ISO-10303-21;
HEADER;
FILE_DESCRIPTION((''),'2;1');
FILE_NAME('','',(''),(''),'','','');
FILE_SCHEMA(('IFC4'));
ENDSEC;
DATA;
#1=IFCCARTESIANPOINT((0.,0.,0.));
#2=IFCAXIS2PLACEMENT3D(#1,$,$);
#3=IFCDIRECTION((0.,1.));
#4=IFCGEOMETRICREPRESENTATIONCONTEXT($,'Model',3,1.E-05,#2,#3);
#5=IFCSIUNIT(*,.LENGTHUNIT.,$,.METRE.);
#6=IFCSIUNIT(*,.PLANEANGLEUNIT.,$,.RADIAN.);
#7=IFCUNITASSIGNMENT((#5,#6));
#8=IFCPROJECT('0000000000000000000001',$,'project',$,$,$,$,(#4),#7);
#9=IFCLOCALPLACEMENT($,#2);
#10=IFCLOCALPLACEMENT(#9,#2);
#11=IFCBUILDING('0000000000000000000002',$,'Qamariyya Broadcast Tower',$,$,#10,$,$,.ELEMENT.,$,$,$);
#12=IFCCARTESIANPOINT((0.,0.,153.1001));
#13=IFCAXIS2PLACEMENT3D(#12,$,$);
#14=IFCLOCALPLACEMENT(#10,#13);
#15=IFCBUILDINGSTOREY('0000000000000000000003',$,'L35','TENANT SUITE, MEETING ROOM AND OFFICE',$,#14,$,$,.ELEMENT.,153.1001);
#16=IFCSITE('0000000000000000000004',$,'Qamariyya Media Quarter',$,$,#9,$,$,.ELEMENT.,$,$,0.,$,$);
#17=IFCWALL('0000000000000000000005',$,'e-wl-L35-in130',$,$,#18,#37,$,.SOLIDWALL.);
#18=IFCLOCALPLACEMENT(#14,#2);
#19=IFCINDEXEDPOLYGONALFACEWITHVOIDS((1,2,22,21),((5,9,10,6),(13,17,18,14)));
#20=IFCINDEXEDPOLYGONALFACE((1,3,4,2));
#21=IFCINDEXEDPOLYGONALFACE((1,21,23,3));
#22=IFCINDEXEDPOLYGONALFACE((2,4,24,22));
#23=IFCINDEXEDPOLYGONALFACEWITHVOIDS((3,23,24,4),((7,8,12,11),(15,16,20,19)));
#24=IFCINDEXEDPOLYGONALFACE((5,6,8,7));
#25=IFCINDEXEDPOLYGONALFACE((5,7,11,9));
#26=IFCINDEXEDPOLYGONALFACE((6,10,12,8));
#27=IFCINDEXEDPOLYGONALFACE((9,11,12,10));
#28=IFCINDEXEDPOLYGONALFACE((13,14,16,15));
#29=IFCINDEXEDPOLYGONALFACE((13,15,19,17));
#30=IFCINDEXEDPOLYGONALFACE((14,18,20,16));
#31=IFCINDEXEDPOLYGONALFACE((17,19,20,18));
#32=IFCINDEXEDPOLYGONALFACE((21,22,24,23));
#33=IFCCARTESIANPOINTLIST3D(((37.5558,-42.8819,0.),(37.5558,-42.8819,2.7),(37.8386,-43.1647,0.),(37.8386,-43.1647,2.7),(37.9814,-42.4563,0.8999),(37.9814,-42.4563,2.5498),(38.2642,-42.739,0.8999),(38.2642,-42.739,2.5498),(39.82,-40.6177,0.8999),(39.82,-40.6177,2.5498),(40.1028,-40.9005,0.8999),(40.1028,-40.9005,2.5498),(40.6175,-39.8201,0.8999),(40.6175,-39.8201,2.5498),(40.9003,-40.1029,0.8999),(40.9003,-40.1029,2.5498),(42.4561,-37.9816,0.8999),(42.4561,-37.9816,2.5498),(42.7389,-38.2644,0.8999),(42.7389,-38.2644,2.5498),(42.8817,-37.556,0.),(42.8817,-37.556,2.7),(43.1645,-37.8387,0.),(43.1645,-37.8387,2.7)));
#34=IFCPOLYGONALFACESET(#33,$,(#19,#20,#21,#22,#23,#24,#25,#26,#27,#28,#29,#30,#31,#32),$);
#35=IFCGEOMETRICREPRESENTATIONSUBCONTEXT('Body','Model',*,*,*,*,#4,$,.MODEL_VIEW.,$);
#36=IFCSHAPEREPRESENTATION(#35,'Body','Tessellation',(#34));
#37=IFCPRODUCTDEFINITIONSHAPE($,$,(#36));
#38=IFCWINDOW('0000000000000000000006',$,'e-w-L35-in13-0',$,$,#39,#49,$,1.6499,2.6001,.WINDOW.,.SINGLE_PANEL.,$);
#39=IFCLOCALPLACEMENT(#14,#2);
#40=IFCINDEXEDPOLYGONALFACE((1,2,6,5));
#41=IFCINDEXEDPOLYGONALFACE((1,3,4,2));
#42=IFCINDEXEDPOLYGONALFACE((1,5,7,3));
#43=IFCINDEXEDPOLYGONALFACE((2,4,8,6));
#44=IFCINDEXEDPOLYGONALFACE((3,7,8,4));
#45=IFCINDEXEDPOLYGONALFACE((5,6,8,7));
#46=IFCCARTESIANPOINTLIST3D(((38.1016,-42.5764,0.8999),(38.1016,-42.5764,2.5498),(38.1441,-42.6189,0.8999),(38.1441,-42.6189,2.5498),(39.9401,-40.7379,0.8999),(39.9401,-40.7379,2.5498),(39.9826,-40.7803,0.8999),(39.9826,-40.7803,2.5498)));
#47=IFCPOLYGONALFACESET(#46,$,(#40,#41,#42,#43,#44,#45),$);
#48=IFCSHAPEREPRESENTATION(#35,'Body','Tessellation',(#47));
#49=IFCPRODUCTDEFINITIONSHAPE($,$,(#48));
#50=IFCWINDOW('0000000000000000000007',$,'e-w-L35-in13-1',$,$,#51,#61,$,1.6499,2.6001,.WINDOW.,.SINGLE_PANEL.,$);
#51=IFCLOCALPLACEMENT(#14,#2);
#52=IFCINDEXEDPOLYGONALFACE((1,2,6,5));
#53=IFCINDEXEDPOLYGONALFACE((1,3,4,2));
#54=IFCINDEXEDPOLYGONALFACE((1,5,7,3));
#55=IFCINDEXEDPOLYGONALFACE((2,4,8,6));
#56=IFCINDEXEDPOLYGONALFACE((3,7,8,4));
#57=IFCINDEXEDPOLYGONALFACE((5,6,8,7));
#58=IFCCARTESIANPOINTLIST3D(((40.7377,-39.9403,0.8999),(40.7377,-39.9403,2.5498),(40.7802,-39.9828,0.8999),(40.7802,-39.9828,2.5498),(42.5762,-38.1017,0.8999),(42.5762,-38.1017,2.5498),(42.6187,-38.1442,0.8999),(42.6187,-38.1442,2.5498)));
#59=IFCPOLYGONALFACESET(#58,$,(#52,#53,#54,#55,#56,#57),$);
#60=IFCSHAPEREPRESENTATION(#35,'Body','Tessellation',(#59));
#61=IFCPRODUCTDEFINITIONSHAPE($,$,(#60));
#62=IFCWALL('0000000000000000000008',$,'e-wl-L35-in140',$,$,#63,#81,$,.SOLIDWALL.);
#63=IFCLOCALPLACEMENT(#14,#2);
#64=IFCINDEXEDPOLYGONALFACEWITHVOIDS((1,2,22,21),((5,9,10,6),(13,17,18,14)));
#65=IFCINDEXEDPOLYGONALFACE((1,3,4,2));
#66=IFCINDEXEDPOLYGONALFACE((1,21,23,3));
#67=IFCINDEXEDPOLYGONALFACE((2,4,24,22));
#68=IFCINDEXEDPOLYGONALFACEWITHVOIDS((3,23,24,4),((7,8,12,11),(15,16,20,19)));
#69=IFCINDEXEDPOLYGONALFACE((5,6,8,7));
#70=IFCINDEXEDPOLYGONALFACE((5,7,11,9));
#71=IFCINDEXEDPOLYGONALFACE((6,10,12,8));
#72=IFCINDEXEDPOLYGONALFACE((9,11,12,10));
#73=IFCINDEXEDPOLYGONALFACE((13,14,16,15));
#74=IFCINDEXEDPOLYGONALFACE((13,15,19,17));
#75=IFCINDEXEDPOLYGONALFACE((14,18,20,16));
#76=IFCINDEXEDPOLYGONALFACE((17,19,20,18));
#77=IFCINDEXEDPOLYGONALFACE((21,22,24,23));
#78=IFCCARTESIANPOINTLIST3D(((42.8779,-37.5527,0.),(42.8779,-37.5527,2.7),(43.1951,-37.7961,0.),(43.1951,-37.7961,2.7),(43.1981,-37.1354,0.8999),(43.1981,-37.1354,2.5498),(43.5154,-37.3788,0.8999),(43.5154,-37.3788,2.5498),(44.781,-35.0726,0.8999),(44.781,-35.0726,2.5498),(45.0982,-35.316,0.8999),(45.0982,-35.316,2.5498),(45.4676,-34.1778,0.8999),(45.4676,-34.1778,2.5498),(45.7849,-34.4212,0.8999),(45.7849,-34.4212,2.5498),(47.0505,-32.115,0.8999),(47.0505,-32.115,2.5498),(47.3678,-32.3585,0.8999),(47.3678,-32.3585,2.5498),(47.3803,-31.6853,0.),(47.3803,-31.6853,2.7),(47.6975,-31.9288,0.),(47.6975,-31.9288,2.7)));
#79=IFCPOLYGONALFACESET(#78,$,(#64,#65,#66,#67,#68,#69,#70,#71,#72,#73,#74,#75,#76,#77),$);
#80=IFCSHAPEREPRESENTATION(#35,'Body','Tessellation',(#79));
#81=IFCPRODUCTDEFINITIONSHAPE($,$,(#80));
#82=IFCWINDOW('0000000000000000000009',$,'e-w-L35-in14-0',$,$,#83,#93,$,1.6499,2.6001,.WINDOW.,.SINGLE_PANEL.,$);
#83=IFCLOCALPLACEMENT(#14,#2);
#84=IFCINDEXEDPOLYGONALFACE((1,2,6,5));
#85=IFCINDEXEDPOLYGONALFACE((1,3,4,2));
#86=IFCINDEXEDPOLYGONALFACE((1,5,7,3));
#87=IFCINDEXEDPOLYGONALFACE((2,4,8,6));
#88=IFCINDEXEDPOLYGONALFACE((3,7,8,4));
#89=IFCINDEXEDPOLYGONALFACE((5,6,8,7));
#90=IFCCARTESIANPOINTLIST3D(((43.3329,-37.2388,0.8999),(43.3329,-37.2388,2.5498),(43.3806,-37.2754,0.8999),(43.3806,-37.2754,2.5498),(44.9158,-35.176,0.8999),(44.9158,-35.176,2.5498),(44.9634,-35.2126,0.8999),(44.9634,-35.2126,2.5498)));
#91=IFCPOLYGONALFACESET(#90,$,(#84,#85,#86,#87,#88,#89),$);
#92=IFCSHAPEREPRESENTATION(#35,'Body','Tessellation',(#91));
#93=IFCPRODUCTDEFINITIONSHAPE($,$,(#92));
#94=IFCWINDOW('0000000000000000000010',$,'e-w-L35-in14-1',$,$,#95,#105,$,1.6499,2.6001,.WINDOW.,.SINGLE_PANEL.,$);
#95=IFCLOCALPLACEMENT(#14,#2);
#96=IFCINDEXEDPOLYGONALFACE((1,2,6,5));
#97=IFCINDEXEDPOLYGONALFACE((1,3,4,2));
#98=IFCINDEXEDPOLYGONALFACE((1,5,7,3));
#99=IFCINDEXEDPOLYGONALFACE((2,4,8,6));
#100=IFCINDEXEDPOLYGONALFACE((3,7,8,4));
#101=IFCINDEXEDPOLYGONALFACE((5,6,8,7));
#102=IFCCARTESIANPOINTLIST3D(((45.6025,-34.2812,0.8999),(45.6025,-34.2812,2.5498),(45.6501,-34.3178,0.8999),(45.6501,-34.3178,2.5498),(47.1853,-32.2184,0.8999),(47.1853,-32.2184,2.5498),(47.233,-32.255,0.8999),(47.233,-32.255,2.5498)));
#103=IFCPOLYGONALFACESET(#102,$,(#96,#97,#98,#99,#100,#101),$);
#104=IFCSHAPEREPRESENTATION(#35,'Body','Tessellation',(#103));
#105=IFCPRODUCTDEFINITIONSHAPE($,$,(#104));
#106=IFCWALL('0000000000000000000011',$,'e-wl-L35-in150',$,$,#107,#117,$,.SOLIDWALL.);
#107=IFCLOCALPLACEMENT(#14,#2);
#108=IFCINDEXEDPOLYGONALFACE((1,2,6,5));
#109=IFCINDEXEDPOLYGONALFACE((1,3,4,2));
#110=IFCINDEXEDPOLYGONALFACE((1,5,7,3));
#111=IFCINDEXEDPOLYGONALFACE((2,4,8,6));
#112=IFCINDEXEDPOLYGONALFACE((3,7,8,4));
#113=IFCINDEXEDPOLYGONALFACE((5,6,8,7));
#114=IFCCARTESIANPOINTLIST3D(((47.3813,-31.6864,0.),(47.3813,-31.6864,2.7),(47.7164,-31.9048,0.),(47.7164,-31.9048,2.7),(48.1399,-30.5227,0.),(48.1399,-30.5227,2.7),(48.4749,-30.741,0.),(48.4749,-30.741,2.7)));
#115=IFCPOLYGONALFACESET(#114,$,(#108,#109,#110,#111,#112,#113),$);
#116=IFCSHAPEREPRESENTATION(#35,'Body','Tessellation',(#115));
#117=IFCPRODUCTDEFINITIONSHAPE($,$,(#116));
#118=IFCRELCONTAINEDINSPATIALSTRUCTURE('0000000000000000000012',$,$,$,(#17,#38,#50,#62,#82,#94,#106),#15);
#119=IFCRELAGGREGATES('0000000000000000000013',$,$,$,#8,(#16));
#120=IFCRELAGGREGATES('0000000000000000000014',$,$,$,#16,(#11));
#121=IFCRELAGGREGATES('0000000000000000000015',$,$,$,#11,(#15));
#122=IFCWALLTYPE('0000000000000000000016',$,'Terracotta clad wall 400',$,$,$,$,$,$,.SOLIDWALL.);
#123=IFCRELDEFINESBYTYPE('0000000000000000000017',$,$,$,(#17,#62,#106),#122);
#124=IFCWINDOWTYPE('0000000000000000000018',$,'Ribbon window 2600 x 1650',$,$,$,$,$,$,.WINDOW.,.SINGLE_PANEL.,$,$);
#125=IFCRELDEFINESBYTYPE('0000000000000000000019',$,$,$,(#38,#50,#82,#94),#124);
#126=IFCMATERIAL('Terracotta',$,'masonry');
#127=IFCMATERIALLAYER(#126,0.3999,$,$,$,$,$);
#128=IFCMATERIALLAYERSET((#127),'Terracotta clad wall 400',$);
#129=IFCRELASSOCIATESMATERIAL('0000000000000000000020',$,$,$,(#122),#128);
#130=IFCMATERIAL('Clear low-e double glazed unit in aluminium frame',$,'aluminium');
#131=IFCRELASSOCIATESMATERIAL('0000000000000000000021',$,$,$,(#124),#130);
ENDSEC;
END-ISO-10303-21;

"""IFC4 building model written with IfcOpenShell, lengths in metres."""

from ifc_helpers import new_model, si_unit, direction, frame, frame_2d, origin, place, context, subcontext, project, spatial, rectangle, extrude, material, layer, layer_set, type_object, element, fill, save


model = new_model("IFC4")

# Units and contexts
model_context = context("Model", 3, precision=1e-05, world=origin(), true_north=direction((0.0, 1.0)))
body_context = subcontext(model_context, "Body", "Model", "MODEL_VIEW")
ifc_project = project(units=[si_unit("LENGTHUNIT", "METRE"), si_unit("PLANEANGLEUNIT", "RADIAN")], contexts=[model_context])

# Site, building, storey
site_placement = place(None, origin())
site = spatial("IfcSite", under=ifc_project, at=site_placement, Name="Qamariyya Media Quarter", CompositionType="ELEMENT", RefElevation=0.0)
building_placement = place(site_placement, origin())
building = spatial("IfcBuilding", under=site, at=building_placement, Name="Qamariyya Broadcast Tower", CompositionType="ELEMENT")
storey_placement = place(building_placement, frame((0.0, 0.0, 153.1001)))
storey = spatial("IfcBuildingStorey", under=building, at=storey_placement, Name="L35", Description="TENANT SUITE, MEETING ROOM AND OFFICE", CompositionType="ELEMENT", Elevation=153.1001)

# Walls, openings, windows
ifc_material_1 = material(Name="Terracotta", Category="masonry")
ifc_layer_1 = layer(ifc_material_1, 0.3999)
ifc_layer_set_1 = layer_set([ifc_layer_1], Name="Terracotta clad wall 400")
wall_type_1 = type_object("IfcWallType", Name="Terracotta clad wall 400", PredefinedType="SOLIDWALL", material=ifc_layer_set_1)
wall_1_placement = place(storey_placement, frame((43.0232, -37.6973, 0.0), z_axis=(0.0, 0.0, 1.0), x_axis=(-0.707107, -0.707107, 0.0)))
wall_1 = element("IfcWall", 1, at=wall_1_placement, inside=storey, type_object=wall_type_1, Name="e-wl-L35-in130", PredefinedType="SOLIDWALL", context=body_context, shape_type="SweptSolid", body=[
    extrude(rectangle(XDim=7.532, YDim=0.3999, at=frame_2d((3.7661, 0.0))), origin(), (0.0, 0.0, 1.0), 2.7),
])
opening_1_placement = place(wall_1_placement, frame((4.3301, 0.0, 0.8999)))
opening_1 = element("IfcOpeningElement", 2, at=opening_1_placement, cuts=wall_1, PredefinedType="OPENING", context=body_context, shape_type="SweptSolid", body=[
    extrude(rectangle(XDim=2.6001, YDim=1.6499, at=frame_2d((1.3, 0.825))), frame((0.0, 0.21, 0.0), z_axis=(0.0, -1.0, 0.0), x_axis=(1.0, 0.0, 0.0)), (0.0, 0.0, 1.0), 0.4199),
])
opening_2_placement = place(wall_1_placement, frame((0.6021, 0.0, 0.8999)))
opening_2 = element("IfcOpeningElement", 3, at=opening_2_placement, cuts=wall_1, PredefinedType="OPENING", context=body_context, shape_type="SweptSolid", body=[
    extrude(rectangle(XDim=2.6001, YDim=1.6499, at=frame_2d((1.3, 0.825))), frame((0.0, 0.21, 0.0), z_axis=(0.0, -1.0, 0.0), x_axis=(1.0, 0.0, 0.0)), (0.0, 0.0, 1.0), 0.4199),
])
ifc_material_2 = material(Name="Clear low-e double glazed unit in aluminium frame", Category="aluminium")
window_type = type_object("IfcWindowType", Name="Ribbon window 2600 x 1650", PartitioningType="SINGLE_PANEL", PredefinedType="WINDOW", material=ifc_material_2)
window_1_placement = place(opening_1_placement, origin())
window_1 = element("IfcWindow", 4, at=window_1_placement, inside=storey, type_object=window_type, Name="e-w-L35-in13-0", OverallHeight=1.6499, OverallWidth=2.6001, PartitioningType="SINGLE_PANEL", PredefinedType="WINDOW", context=body_context, shape_type="SweptSolid", body=[
    extrude(rectangle(XDim=2.6001, YDim=1.6499, at=frame_2d((1.3, 0.825))), frame((0.0, 0.03, 0.0), z_axis=(0.0, -1.0, 0.0), x_axis=(1.0, 0.0, 0.0)), (0.0, 0.0, 1.0), 0.0601),
])
fill(opening_1, window_1)
window_2_placement = place(opening_2_placement, origin())
window_2 = element("IfcWindow", 5, at=window_2_placement, inside=storey, type_object=window_type, Name="e-w-L35-in13-1", OverallHeight=1.6499, OverallWidth=2.6001, PartitioningType="SINGLE_PANEL", PredefinedType="WINDOW", context=body_context, shape_type="SweptSolid", body=[
    extrude(rectangle(XDim=2.6001, YDim=1.6499, at=frame_2d((1.3, 0.825))), frame((0.0, 0.03, 0.0), z_axis=(0.0, -1.0, 0.0), x_axis=(1.0, 0.0, 0.0)), (0.0, 0.0, 1.0), 0.0601),
])
fill(opening_2, window_2)
wall_2_placement = place(storey_placement, frame((47.5388, -31.8071, 0.0), z_axis=(0.0, 0.0, 1.0), x_axis=(-0.608779, -0.79334, 0.0)))
wall_2 = element("IfcWall", 6, at=wall_2_placement, inside=storey, type_object=wall_type_1, Name="e-wl-L35-in140", PredefinedType="SOLIDWALL", context=body_context, shape_type="SweptSolid", body=[
    extrude(rectangle(XDim=7.3958, YDim=0.3999, at=frame_2d((3.6978, 0.0))), origin(), (0.0, 0.0, 1.0), 2.7),
])
opening_3_placement = place(wall_2_placement, frame((4.2695, 0.0, 0.8999)))
opening_3 = element("IfcOpeningElement", 7, at=opening_3_placement, cuts=wall_2, PredefinedType="OPENING", context=body_context, shape_type="SweptSolid", body=[
    extrude(rectangle(XDim=2.6001, YDim=1.6499, at=frame_2d((1.3, 0.825))), frame((0.0, 0.21, 0.0), z_axis=(0.0, -1.0, 0.0), x_axis=(1.0, 0.0, 0.0)), (0.0, 0.0, 1.0), 0.4199),
])
opening_4_placement = place(wall_2_placement, frame((0.5415, 0.0, 0.8999)))
opening_4 = element("IfcOpeningElement", 8, at=opening_4_placement, cuts=wall_2, PredefinedType="OPENING", context=body_context, shape_type="SweptSolid", body=[
    extrude(rectangle(XDim=2.6001, YDim=1.6499, at=frame_2d((1.3, 0.825))), frame((0.0, 0.21, 0.0), z_axis=(0.0, -1.0, 0.0), x_axis=(1.0, 0.0, 0.0)), (0.0, 0.0, 1.0), 0.4199),
])
window_3_placement = place(opening_3_placement, origin())
window_3 = element("IfcWindow", 9, at=window_3_placement, inside=storey, type_object=window_type, Name="e-w-L35-in14-0", OverallHeight=1.6499, OverallWidth=2.6001, PartitioningType="SINGLE_PANEL", PredefinedType="WINDOW", context=body_context, shape_type="SweptSolid", body=[
    extrude(rectangle(XDim=2.6001, YDim=1.6499, at=frame_2d((1.3, 0.825))), frame((0.0, 0.03, 0.0), z_axis=(0.0, -1.0, 0.0), x_axis=(1.0, 0.0, 0.0)), (0.0, 0.0, 1.0), 0.0601),
])
fill(opening_3, window_3)
window_4_placement = place(opening_4_placement, origin())
window_4 = element("IfcWindow", 10, at=window_4_placement, inside=storey, type_object=window_type, Name="e-w-L35-in14-1", OverallHeight=1.6499, OverallWidth=2.6001, PartitioningType="SINGLE_PANEL", PredefinedType="WINDOW", context=body_context, shape_type="SweptSolid", body=[
    extrude(rectangle(XDim=2.6001, YDim=1.6499, at=frame_2d((1.3, 0.825))), frame((0.0, 0.03, 0.0), z_axis=(0.0, -1.0, 0.0), x_axis=(1.0, 0.0, 0.0)), (0.0, 0.0, 1.0), 0.0601),
])
fill(opening_4, window_4)

# Wall
wall_3_placement = place(storey_placement, frame((48.3074, -30.6318, 0.0), z_axis=(0.0, 0.0, 1.0), x_axis=(-0.546032, -0.837764, 0.0)))
element("IfcWall", 11, at=wall_3_placement, inside=storey, type_object=wall_type_1, Name="e-wl-L35-in150", PredefinedType="SOLIDWALL", context=body_context, shape_type="SweptSolid", body=[
    extrude(rectangle(XDim=1.3892, YDim=0.3999, at=frame_2d((0.6946, 0.0))), origin(), (0.0, 0.0, 1.0), 2.7),
])

save(model, "model.ifc")
